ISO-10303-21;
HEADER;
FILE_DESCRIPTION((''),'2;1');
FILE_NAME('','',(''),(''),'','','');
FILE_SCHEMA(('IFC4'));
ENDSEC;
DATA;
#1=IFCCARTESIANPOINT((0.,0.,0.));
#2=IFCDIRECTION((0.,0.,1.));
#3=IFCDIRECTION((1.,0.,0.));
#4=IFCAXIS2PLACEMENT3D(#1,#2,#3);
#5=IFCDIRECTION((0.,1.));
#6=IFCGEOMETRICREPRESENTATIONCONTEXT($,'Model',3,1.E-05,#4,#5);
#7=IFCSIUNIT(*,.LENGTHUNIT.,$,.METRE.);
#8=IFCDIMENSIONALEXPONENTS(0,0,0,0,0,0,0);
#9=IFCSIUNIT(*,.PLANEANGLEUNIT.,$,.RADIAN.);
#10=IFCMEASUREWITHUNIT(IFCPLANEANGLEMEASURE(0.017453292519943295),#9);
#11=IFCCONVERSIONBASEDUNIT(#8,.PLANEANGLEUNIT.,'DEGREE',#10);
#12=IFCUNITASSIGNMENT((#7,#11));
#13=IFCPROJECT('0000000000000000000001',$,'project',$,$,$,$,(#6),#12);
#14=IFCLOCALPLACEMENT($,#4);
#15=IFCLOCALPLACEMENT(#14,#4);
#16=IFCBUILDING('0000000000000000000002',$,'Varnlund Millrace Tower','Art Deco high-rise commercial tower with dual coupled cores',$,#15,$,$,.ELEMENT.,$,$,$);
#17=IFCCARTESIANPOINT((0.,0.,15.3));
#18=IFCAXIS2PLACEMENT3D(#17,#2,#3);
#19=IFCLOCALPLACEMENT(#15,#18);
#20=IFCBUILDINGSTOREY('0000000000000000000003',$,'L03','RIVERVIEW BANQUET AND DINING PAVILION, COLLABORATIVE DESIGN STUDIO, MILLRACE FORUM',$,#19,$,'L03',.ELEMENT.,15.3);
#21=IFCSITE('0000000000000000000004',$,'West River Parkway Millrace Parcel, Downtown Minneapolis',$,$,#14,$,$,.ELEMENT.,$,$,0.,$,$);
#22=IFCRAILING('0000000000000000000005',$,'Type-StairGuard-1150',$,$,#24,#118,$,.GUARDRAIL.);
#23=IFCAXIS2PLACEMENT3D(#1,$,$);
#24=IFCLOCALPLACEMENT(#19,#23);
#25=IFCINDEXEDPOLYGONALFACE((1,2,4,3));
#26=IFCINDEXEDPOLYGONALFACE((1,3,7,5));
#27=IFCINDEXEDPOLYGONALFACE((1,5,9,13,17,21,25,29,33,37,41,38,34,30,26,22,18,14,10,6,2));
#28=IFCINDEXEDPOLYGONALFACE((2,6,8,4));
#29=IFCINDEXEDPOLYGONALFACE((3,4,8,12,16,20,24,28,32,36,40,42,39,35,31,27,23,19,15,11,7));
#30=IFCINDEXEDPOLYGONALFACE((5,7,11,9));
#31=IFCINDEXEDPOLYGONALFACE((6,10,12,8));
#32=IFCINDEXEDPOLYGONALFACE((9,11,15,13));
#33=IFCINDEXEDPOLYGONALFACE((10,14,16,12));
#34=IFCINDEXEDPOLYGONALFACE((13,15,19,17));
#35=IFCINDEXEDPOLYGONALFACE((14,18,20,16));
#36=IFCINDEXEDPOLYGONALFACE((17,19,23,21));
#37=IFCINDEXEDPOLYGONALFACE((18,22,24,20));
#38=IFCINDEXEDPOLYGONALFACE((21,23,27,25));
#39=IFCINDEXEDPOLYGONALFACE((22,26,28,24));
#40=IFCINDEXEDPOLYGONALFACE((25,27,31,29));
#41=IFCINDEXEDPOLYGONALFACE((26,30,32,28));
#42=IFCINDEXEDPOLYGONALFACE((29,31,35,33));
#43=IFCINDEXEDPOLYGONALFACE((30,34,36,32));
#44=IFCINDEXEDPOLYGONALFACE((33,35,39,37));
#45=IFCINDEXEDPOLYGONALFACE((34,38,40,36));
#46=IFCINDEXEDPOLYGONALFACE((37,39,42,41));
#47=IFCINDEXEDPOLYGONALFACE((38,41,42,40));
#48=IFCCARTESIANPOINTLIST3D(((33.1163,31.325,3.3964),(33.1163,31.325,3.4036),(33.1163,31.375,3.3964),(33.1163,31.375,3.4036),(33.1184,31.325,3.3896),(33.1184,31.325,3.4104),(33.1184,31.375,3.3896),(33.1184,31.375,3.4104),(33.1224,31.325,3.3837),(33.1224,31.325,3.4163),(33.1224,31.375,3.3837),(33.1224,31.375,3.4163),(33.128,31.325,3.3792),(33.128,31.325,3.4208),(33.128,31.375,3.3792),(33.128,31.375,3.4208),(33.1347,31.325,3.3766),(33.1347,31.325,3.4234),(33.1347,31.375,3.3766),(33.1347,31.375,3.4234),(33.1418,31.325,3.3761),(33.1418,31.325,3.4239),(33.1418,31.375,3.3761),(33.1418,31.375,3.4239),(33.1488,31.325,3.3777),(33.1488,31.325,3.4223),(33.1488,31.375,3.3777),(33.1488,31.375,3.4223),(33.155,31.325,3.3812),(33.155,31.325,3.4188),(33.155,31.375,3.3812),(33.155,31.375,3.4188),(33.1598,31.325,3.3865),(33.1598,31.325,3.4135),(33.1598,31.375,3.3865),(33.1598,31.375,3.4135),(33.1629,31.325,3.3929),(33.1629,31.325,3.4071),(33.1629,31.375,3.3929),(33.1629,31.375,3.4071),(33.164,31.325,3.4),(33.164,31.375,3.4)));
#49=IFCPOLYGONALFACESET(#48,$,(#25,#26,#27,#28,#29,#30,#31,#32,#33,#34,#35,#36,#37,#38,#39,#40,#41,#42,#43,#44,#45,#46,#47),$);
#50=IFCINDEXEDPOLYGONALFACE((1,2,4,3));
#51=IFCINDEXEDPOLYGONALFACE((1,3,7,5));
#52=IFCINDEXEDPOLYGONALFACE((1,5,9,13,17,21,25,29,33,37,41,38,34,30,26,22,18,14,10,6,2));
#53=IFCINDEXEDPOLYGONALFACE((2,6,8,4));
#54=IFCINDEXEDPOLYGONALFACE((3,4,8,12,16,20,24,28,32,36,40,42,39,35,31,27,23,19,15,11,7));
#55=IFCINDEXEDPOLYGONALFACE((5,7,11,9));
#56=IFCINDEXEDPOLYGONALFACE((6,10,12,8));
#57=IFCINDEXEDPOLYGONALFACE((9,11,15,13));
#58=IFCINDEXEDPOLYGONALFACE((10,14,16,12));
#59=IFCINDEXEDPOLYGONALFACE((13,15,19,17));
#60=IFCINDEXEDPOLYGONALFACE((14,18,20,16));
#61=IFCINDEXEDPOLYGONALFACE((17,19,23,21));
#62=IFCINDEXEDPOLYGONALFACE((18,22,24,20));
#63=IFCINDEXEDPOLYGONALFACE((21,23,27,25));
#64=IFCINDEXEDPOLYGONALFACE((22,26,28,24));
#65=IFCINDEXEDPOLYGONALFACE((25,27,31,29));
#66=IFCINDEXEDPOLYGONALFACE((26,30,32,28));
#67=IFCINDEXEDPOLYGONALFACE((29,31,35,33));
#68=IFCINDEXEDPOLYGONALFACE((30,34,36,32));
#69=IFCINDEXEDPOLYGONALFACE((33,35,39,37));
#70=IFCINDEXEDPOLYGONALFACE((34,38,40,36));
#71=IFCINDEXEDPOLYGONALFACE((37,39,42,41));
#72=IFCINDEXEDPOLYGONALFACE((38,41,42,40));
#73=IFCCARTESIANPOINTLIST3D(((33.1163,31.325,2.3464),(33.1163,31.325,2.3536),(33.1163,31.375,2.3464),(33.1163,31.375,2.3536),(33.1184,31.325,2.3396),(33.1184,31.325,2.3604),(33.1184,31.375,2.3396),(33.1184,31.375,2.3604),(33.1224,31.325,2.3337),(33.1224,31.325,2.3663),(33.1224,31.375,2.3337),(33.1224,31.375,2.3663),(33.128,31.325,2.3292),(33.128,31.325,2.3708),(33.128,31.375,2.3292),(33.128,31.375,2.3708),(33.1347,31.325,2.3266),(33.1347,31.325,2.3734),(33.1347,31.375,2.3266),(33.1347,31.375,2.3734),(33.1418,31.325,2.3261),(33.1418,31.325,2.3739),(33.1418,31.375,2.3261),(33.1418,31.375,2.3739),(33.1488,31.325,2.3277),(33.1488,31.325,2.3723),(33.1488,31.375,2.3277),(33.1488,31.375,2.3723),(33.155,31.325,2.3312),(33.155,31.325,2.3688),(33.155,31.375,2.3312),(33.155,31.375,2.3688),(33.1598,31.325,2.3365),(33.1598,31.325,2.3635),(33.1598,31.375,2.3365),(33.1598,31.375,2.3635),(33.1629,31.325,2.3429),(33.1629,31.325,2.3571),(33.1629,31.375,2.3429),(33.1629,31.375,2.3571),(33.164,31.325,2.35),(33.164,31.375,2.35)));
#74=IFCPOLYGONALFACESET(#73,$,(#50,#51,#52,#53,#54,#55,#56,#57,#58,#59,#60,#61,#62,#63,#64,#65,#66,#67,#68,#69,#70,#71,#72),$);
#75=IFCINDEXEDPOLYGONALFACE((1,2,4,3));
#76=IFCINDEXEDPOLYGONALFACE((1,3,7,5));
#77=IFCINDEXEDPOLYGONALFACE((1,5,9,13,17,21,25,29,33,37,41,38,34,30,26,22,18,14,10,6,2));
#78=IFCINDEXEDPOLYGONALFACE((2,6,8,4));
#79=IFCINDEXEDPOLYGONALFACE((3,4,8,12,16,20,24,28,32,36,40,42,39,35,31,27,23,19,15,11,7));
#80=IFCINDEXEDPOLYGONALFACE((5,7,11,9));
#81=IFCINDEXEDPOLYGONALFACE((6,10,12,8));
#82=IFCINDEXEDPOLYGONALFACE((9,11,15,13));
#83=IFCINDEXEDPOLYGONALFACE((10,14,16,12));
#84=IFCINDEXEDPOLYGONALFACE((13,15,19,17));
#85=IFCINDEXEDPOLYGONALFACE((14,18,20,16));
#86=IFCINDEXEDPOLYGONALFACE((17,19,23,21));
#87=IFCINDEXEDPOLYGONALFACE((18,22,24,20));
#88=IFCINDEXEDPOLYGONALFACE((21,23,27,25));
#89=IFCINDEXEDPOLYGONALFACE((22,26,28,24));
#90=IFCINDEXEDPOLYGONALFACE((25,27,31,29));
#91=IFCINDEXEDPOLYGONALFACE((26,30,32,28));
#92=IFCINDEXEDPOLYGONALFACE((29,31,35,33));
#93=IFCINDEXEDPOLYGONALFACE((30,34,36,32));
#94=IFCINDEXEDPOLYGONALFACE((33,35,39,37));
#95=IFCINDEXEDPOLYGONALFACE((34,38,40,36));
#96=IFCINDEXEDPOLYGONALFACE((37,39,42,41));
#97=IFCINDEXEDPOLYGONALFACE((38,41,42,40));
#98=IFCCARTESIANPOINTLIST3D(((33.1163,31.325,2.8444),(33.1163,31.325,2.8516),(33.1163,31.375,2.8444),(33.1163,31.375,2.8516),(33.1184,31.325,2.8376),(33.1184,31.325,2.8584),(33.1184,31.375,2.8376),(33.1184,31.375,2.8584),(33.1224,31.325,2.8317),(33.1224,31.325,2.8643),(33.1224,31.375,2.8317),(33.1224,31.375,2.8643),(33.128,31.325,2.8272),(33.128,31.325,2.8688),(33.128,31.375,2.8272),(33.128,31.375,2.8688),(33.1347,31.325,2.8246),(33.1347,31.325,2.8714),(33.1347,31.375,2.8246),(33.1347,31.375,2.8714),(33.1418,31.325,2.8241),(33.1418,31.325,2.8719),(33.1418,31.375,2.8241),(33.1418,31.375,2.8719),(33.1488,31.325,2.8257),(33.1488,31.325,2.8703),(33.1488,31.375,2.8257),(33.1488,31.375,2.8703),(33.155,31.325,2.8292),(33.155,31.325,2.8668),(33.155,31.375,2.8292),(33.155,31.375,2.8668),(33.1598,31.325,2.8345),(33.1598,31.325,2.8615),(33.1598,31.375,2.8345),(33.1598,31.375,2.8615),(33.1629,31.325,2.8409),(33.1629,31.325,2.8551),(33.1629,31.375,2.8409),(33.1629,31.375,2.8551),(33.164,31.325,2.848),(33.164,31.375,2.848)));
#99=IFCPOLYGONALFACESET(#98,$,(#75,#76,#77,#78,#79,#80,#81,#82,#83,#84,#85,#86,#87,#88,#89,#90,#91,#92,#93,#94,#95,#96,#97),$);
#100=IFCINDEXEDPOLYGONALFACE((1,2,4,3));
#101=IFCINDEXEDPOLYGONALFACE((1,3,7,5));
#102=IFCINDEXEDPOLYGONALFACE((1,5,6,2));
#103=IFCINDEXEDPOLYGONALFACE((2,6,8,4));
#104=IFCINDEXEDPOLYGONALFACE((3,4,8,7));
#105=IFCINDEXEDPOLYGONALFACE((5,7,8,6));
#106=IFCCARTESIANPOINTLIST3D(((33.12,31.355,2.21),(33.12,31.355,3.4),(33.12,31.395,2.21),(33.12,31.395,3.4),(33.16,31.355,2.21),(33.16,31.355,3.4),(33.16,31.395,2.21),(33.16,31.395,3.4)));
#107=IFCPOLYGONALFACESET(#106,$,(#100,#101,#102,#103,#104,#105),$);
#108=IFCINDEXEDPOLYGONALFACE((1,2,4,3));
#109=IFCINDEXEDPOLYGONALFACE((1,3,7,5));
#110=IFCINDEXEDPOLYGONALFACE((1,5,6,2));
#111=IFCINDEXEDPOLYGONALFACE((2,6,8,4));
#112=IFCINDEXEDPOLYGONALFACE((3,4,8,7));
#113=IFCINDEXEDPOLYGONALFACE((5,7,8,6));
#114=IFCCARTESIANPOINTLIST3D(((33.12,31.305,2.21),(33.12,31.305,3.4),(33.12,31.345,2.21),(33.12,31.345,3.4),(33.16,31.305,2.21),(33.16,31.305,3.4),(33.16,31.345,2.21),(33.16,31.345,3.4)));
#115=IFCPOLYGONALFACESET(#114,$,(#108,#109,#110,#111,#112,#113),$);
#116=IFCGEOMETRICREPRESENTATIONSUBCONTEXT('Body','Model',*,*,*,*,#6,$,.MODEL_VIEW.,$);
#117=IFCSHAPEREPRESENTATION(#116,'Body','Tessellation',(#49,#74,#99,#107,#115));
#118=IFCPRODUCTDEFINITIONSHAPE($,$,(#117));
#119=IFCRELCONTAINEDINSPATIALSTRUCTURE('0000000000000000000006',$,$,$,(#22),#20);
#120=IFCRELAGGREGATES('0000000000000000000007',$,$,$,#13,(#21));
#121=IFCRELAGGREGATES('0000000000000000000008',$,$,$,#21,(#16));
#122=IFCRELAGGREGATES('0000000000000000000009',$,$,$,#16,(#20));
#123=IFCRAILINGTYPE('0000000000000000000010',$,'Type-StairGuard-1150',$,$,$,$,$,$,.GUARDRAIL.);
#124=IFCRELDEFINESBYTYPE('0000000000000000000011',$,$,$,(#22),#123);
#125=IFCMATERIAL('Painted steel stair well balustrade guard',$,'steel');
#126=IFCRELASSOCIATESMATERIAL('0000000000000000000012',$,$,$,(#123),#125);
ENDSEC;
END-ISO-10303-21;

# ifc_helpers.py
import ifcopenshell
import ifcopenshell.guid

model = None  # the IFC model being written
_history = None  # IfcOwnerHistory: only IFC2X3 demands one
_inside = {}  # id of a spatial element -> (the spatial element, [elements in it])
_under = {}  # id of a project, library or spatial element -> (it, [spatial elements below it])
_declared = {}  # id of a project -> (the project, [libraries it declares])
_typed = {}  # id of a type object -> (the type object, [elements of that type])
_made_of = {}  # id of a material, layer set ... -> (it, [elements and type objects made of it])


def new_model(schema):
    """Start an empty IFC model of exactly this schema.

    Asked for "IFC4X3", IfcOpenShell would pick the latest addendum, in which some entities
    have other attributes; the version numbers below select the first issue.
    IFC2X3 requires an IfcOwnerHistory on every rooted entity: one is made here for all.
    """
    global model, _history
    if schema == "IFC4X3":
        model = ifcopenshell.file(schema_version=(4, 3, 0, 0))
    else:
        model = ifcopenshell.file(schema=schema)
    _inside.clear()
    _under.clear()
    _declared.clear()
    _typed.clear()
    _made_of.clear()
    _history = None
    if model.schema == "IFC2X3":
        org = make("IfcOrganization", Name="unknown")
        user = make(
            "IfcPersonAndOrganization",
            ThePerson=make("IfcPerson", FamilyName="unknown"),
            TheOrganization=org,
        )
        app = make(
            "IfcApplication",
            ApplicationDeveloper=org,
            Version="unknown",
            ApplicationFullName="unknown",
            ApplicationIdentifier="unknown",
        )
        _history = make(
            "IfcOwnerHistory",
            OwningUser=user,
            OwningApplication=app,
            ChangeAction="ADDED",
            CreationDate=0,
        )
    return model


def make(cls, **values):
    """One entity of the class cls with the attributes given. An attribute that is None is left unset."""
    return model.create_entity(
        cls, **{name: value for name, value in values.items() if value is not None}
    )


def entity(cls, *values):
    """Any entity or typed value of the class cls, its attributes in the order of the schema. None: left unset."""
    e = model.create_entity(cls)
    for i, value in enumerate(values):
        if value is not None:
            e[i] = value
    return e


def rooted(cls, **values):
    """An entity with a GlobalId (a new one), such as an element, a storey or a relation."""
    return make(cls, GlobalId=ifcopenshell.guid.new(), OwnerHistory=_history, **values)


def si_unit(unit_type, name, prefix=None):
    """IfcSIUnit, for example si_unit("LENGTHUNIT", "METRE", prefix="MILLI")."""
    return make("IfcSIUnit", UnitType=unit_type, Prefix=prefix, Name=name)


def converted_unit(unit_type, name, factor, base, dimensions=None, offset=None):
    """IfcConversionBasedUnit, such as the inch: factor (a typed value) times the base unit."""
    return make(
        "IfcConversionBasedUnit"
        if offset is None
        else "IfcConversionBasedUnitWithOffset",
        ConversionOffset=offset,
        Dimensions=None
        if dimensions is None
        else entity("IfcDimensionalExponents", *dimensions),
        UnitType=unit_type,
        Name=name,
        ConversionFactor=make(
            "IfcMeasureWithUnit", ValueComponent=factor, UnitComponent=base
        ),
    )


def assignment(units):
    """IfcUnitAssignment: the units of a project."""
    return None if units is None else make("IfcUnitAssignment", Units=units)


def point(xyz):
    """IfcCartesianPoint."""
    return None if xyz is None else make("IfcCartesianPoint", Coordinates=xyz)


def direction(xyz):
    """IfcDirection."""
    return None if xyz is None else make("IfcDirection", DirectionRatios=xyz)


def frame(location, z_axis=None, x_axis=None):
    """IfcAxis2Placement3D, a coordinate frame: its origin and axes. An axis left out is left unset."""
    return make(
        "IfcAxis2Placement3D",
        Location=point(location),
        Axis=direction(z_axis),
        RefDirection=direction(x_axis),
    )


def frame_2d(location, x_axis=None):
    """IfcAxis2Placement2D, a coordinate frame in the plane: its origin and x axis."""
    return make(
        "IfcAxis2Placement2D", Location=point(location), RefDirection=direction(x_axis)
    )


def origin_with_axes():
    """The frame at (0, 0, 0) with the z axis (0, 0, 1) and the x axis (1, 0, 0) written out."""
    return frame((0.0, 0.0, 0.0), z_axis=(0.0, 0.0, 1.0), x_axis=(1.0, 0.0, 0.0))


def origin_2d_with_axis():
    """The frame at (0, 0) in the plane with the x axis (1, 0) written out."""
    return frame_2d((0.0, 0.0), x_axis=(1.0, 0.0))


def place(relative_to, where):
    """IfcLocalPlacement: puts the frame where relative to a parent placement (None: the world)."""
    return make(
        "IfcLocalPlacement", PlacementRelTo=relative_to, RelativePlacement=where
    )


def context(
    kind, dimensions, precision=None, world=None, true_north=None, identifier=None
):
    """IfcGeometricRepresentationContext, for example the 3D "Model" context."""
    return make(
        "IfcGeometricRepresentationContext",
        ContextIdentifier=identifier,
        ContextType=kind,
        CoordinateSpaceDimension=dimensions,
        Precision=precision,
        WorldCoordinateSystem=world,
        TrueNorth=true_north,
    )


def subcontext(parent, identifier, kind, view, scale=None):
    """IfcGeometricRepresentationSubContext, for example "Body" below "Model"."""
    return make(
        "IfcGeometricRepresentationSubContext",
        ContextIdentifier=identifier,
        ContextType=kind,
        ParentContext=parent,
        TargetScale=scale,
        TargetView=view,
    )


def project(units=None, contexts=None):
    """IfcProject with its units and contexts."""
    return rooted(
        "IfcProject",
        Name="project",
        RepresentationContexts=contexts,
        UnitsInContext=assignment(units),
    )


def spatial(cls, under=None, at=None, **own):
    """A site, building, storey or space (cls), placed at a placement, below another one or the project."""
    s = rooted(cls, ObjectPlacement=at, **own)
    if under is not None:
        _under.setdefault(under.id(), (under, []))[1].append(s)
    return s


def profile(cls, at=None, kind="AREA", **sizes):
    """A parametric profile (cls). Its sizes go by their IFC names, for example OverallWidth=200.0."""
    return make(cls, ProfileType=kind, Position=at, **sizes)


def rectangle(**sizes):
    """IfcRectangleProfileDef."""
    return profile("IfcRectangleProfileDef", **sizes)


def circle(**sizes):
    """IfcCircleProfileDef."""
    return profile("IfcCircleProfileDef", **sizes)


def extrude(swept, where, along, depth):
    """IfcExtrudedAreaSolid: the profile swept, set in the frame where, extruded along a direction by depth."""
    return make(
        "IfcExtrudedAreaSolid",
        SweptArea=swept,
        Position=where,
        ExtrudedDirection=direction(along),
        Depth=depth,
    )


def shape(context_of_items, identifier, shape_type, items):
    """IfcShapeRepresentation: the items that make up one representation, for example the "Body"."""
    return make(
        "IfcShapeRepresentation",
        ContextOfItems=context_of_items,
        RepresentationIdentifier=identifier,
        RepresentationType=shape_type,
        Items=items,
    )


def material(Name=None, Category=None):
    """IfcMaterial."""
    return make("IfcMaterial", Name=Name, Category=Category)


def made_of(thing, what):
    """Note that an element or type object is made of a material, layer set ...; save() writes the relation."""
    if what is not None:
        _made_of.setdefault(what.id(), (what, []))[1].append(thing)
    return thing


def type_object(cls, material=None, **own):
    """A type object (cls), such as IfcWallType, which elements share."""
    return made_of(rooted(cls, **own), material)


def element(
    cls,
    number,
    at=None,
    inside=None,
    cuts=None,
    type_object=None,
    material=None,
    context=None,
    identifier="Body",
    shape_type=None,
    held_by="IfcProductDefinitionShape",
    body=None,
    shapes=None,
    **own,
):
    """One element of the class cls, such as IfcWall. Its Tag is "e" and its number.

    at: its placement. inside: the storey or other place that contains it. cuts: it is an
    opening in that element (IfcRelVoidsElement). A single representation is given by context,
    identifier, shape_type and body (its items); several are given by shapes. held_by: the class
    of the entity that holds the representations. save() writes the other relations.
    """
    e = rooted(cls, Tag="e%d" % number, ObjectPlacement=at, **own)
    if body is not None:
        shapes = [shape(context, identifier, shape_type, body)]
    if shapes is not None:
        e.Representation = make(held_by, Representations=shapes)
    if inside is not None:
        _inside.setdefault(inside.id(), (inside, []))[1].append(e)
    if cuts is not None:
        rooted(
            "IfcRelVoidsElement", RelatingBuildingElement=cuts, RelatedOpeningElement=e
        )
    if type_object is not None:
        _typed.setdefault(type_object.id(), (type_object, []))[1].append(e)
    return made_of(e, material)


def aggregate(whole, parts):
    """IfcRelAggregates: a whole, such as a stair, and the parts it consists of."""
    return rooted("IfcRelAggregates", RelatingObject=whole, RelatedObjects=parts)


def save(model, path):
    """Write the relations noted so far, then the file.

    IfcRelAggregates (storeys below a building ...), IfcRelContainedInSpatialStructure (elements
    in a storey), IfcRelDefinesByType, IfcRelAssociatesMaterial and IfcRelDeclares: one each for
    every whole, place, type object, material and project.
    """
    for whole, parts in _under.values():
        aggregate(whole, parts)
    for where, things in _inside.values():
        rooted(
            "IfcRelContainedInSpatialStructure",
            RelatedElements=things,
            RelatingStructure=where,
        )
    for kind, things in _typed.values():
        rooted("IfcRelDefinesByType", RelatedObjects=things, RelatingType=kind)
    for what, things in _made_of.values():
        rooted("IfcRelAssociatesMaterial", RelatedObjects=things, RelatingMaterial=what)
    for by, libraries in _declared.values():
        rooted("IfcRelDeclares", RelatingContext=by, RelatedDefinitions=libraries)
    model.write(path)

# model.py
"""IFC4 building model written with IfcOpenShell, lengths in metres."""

from ifc_helpers import new_model, entity, si_unit, converted_unit, direction, frame, origin_with_axes, origin_2d_with_axis, place, context, subcontext, project, spatial, rectangle, circle, extrude, material, type_object, element, save


model = new_model("IFC4")

# Units and contexts
model_context = context("Model", 3, precision=1e-05, world=origin_with_axes(), true_north=direction((0.0, 1.0)))
body_context = subcontext(model_context, "Body", "Model", "MODEL_VIEW")
ifc_project = project(units=[si_unit("LENGTHUNIT", "METRE"), converted_unit("PLANEANGLEUNIT", "DEGREE", entity("IfcPlaneAngleMeasure", 0.017453292519943295), si_unit("PLANEANGLEUNIT", "RADIAN"), dimensions=[0, 0, 0, 0, 0, 0, 0])], contexts=[model_context])

# Site, building, storey
site_placement = place(None, origin_with_axes())
site = spatial("IfcSite", under=ifc_project, at=site_placement, Name="West River Parkway Millrace Parcel, Downtown Minneapolis", CompositionType="ELEMENT", RefElevation=0.0)
building_placement = place(site_placement, origin_with_axes())
building = spatial("IfcBuilding", under=site, at=building_placement, Name="Varnlund Millrace Tower", Description="Art Deco high-rise commercial tower with dual coupled cores", CompositionType="ELEMENT")
storey_placement = place(building_placement, frame((0.0, 0.0, 15.3), z_axis=(0.0, 0.0, 1.0), x_axis=(1.0, 0.0, 0.0)))
storey = spatial("IfcBuildingStorey", under=building, at=storey_placement, Name="L03", Description="RIVERVIEW BANQUET AND DINING PAVILION, COLLABORATIVE DESIGN STUDIO, MILLRACE FORUM", LongName="L03", CompositionType="ELEMENT", Elevation=15.3)

# Railing
ifc_material_1 = material(Name="Painted steel stair well balustrade guard", Category="steel")
railing_type_1 = type_object("IfcRailingType", Name="Type-StairGuard-1150", PredefinedType="GUARDRAIL", material=ifc_material_1)
railing_1_placement = place(storey_placement, frame((0.0, 0.0, -15.3), z_axis=(0.0, 0.0, 1.0), x_axis=(1.0, 0.0, 0.0)))
element("IfcRailing", 1, at=railing_1_placement, inside=storey, type_object=railing_type_1, Name="Type-StairGuard-1150", PredefinedType="GUARDRAIL", context=body_context, shape_type="SweptSolid", body=[
    extrude(circle(Radius=0.024, at=origin_2d_with_axis()), frame((33.14, 31.375, 18.7), z_axis=(0.0, -1.0, 0.0), x_axis=(1.0, 0.0, 0.0)), (0.0, 0.0, 1.0), 0.05),
    extrude(circle(Radius=0.024, at=origin_2d_with_axis()), frame((33.14, 31.375, 17.65), z_axis=(0.0, -1.0, 0.0), x_axis=(1.0, 0.0, 0.0)), (0.0, 0.0, 1.0), 0.05),
    extrude(circle(Radius=0.024, at=origin_2d_with_axis()), frame((33.14, 31.375, 18.148), z_axis=(0.0, -1.0, 0.0), x_axis=(1.0, 0.0, 0.0)), (0.0, 0.0, 1.0), 0.05),
    extrude(rectangle(XDim=0.04, YDim=0.04, at=origin_2d_with_axis()), frame((33.14, 31.375, 17.51), z_axis=(0.0, 0.0, 1.0), x_axis=(1.0, 0.0, 0.0)), (0.0, 0.0, 1.0), 1.19),
    extrude(rectangle(XDim=0.04, YDim=0.04, at=origin_2d_with_axis()), frame((33.14, 31.325, 17.51), z_axis=(0.0, 0.0, 1.0), x_axis=(1.0, 0.0, 0.0)), (0.0, 0.0, 1.0), 1.19),
])

save(model, "model.ifc")
